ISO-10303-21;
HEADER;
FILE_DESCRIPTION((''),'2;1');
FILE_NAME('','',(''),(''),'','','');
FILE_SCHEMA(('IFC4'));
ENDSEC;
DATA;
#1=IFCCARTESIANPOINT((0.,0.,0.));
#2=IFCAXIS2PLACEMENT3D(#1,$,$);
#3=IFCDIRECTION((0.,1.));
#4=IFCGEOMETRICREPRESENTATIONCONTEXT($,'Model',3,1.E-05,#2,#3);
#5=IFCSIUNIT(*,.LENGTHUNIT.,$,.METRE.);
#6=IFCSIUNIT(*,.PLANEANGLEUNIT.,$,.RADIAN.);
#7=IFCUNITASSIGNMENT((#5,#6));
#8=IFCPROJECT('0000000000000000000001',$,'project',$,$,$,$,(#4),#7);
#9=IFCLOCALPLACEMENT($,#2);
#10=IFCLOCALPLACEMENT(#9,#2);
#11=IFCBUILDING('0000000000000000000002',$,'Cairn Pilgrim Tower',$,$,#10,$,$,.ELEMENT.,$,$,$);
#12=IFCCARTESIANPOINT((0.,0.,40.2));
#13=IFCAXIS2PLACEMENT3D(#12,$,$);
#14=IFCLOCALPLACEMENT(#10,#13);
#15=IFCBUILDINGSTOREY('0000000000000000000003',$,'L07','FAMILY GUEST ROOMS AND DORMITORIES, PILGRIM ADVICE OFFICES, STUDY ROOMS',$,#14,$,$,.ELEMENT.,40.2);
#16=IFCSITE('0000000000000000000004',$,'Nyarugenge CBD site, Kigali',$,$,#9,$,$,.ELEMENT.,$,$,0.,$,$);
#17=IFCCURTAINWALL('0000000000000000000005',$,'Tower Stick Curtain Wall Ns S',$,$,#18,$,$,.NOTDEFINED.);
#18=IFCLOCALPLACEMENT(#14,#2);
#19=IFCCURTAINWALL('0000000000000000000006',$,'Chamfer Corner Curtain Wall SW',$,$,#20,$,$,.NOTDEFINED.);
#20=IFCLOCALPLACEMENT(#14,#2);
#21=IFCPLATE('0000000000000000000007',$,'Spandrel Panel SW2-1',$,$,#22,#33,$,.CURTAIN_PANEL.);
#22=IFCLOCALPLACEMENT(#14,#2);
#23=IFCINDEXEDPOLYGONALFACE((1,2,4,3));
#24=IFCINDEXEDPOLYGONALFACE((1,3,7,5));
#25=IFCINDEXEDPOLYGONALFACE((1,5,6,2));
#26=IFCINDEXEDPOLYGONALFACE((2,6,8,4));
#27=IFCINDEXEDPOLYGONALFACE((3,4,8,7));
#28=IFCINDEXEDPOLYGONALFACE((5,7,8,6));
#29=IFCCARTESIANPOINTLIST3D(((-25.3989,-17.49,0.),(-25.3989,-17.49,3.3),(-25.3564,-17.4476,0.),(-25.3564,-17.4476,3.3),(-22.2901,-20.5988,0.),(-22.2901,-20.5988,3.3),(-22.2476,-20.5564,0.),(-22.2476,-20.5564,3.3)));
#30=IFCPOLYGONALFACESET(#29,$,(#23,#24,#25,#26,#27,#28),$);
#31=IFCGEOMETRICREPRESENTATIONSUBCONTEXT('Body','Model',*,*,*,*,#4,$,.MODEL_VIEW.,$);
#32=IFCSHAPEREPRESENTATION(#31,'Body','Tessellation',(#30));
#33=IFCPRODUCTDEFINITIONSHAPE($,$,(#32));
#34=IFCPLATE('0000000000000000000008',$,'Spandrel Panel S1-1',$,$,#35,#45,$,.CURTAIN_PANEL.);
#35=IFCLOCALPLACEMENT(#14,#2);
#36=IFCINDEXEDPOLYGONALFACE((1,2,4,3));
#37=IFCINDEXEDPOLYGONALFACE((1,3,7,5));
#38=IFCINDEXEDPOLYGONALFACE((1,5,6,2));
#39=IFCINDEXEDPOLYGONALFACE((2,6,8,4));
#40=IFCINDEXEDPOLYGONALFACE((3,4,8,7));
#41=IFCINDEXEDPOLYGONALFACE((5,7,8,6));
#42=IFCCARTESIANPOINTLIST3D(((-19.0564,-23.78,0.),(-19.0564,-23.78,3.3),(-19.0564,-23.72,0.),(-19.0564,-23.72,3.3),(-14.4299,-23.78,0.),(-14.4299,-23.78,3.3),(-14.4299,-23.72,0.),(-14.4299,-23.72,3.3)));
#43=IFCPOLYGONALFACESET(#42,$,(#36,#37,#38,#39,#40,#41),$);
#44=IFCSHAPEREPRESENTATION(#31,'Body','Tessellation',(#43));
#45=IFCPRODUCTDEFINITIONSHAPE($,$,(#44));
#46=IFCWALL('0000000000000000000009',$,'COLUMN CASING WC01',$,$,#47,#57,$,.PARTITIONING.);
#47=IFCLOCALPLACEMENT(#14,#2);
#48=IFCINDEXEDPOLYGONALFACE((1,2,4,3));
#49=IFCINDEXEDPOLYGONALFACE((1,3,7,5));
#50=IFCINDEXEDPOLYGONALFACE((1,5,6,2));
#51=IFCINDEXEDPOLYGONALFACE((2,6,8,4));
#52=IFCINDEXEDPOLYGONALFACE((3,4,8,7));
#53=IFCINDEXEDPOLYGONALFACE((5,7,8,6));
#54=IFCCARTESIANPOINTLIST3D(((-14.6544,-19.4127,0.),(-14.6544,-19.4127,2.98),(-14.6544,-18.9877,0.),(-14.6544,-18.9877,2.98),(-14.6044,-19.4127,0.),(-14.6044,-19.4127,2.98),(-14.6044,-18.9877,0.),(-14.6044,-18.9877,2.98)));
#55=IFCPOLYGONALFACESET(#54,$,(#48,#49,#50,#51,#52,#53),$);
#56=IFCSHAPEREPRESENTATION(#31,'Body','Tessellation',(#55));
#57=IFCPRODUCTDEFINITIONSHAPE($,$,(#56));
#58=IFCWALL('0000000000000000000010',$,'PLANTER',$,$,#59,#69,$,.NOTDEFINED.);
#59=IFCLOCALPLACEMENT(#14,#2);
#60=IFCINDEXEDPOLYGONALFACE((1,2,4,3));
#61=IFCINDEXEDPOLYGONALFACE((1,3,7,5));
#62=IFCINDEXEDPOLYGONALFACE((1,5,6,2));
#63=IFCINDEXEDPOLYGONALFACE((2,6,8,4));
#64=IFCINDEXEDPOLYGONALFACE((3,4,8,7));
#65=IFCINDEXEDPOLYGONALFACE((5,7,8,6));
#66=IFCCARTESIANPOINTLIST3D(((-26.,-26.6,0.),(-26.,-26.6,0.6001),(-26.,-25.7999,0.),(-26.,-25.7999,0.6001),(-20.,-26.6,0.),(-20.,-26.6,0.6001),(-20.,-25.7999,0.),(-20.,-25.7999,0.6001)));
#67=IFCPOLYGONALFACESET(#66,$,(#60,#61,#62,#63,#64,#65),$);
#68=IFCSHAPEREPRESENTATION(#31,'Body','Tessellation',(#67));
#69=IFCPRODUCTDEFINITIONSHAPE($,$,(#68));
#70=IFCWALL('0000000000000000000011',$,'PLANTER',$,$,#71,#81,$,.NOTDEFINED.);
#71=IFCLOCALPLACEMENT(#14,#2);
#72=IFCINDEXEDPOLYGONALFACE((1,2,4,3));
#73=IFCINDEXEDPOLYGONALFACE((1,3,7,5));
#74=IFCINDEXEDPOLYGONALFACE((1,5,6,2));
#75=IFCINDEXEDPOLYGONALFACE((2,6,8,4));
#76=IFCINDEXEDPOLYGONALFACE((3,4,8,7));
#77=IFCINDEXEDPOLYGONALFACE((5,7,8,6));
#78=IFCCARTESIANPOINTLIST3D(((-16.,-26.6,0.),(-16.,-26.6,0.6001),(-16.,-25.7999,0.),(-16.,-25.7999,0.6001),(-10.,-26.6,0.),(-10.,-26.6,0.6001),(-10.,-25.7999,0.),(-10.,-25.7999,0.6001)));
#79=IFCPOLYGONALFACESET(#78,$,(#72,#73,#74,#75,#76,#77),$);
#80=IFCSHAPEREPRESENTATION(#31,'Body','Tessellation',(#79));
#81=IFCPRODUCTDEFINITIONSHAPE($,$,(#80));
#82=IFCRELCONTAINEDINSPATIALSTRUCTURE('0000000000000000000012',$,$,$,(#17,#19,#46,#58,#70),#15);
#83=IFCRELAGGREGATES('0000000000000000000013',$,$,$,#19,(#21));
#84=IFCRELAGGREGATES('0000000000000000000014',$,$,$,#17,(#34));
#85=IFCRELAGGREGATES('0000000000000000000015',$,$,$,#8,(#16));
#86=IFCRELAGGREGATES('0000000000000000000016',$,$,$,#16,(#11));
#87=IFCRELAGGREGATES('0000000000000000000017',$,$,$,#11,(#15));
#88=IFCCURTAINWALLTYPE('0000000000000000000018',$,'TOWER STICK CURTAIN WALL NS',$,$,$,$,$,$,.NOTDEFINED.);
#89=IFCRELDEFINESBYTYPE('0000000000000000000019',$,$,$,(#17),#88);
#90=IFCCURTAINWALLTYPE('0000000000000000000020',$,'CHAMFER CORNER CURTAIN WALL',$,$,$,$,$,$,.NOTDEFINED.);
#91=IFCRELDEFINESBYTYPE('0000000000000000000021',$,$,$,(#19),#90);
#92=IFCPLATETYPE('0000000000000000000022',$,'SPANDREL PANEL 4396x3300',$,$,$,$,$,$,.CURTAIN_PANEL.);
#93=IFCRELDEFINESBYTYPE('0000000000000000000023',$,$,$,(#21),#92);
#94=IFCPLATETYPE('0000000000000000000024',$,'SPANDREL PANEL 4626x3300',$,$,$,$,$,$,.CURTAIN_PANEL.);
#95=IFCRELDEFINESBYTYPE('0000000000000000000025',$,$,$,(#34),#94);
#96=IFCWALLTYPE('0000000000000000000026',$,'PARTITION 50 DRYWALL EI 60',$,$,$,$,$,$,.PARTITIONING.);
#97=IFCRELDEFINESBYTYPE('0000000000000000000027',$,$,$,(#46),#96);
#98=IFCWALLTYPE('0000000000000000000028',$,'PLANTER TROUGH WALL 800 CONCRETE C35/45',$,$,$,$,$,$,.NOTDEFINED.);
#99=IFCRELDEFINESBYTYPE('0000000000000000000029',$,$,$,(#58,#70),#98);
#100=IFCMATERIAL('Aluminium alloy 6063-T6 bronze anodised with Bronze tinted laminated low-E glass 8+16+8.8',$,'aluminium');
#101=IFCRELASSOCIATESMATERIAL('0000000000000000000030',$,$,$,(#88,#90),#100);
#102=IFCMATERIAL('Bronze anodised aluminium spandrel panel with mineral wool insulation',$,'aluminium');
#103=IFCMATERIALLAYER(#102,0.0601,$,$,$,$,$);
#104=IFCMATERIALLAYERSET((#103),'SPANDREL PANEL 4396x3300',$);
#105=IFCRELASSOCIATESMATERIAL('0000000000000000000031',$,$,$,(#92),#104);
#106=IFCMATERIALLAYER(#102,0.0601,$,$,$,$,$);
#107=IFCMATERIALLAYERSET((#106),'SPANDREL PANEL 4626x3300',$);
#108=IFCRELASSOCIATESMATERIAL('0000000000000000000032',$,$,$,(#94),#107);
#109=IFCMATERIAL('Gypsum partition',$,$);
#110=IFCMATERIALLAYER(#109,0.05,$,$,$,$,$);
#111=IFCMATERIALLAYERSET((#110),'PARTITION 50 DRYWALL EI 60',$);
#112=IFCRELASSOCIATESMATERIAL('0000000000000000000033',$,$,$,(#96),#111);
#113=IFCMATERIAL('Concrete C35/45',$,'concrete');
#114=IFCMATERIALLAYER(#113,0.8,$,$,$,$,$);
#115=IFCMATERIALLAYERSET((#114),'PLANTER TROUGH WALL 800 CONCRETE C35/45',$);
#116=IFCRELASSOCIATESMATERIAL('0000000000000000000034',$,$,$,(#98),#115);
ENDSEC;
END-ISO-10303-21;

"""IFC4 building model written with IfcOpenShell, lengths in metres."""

from ifc_helpers import new_model, si_unit, direction, frame, frame_2d, origin, origin_2d, place, context, subcontext, project, spatial, rectangle, extrude, material, layer, layer_set, type_object, element, aggregate, save


model = new_model("IFC4")

# Units and contexts
model_context = context("Model", 3, precision=1e-05, world=origin(), true_north=direction((0.0, 1.0)))
body_context = subcontext(model_context, "Body", "Model", "MODEL_VIEW")
ifc_project = project(units=[si_unit("LENGTHUNIT", "METRE"), si_unit("PLANEANGLEUNIT", "RADIAN")], contexts=[model_context])

# Site, building, storey
site_placement = place(None, origin())
site = spatial("IfcSite", under=ifc_project, at=site_placement, Name="Nyarugenge CBD site, Kigali", CompositionType="ELEMENT", RefElevation=0.0)
building_placement = place(site_placement, origin())
building = spatial("IfcBuilding", under=site, at=building_placement, Name="Cairn Pilgrim Tower", CompositionType="ELEMENT")
storey_placement = place(building_placement, frame((0.0, 0.0, 40.2)))
storey = spatial("IfcBuildingStorey", under=building, at=storey_placement, Name="L07", Description="FAMILY GUEST ROOMS AND DORMITORIES, PILGRIM ADVICE OFFICES, STUDY ROOMS", CompositionType="ELEMENT", Elevation=40.2)

# Curtain walls
ifc_material_1 = material(Name="Aluminium alloy 6063-T6 bronze anodised with Bronze tinted laminated low-E glass 8+16+8.8", Category="aluminium")
curtain_wall_type_1 = type_object("IfcCurtainWallType", Name="TOWER STICK CURTAIN WALL NS", PredefinedType="NOTDEFINED", material=ifc_material_1)
curtain_wall_1_placement = place(storey_placement, origin())
curtain_wall_1 = element("IfcCurtainWall", 1, at=curtain_wall_1_placement, inside=storey, type_object=curtain_wall_type_1, Name="Tower Stick Curtain Wall Ns S", PredefinedType="NOTDEFINED")
curtain_wall_type_2 = type_object("IfcCurtainWallType", Name="CHAMFER CORNER CURTAIN WALL", PredefinedType="NOTDEFINED", material=ifc_material_1)
curtain_wall_2_placement = place(storey_placement, origin())
curtain_wall_2 = element("IfcCurtainWall", 2, at=curtain_wall_2_placement, inside=storey, type_object=curtain_wall_type_2, Name="Chamfer Corner Curtain Wall SW", PredefinedType="NOTDEFINED")

# Plates
ifc_material_2 = material(Name="Bronze anodised aluminium spandrel panel with mineral wool insulation", Category="aluminium")
ifc_layer_1 = layer(ifc_material_2, 0.0601)
ifc_layer_set_1 = layer_set([ifc_layer_1], Name="SPANDREL PANEL 4396x3300")
plate_type_1 = type_object("IfcPlateType", Name="SPANDREL PANEL 4396x3300", PredefinedType="CURTAIN_PANEL", material=ifc_layer_set_1)
plate_1_placement = place(storey_placement, frame((-23.8232, -19.0232, 0.0), z_axis=(0.0, 0.0, 1.0), x_axis=(0.707107, -0.707107, 0.0)))
plate_1 = element("IfcPlate", 3, at=plate_1_placement, type_object=plate_type_1, Name="Spandrel Panel SW2-1", PredefinedType="CURTAIN_PANEL", context=body_context, shape_type="SweptSolid", body=[
    extrude(rectangle(XDim=4.3965, YDim=0.0601, at=origin_2d()), origin(), (0.0, 0.0, 1.0), 3.3),
])
aggregate(curtain_wall_2, [plate_1])
ifc_layer_2 = layer(ifc_material_2, 0.0601)
ifc_layer_set_2 = layer_set([ifc_layer_2], Name="SPANDREL PANEL 4626x3300")
plate_type_2 = type_object("IfcPlateType", Name="SPANDREL PANEL 4626x3300", PredefinedType="CURTAIN_PANEL", material=ifc_layer_set_2)
plate_2_placement = place(storey_placement, frame((-16.7432, -23.75, 0.0), z_axis=(0.0, 0.0, 1.0), x_axis=(1.0, 0.0, 0.0)))
plate_2 = element("IfcPlate", 4, at=plate_2_placement, type_object=plate_type_2, Name="Spandrel Panel S1-1", PredefinedType="CURTAIN_PANEL", context=body_context, shape_type="SweptSolid", body=[
    extrude(rectangle(XDim=4.6265, YDim=0.0601, at=origin_2d()), origin(), (0.0, 0.0, 1.0), 3.3),
])
aggregate(curtain_wall_1, [plate_2])

# Walls
ifc_material_3 = material(Name="Gypsum partition")
ifc_layer_3 = layer(ifc_material_3, 0.05)
ifc_layer_set_3 = layer_set([ifc_layer_3], Name="PARTITION 50 DRYWALL EI 60")
wall_type_1 = type_object("IfcWallType", Name="PARTITION 50 DRYWALL EI 60", PredefinedType="PARTITIONING", material=ifc_layer_set_3)
wall_placement = place(storey_placement, frame((-14.6294, -19.4126, 0.0), z_axis=(0.0, 0.0, 1.0), x_axis=(0.0, 1.0, 0.0)))
element("IfcWall", 5, at=wall_placement, inside=storey, type_object=wall_type_1, Name="COLUMN CASING WC01", PredefinedType="PARTITIONING", context=body_context, shape_type="SweptSolid", body=[
    extrude(rectangle(XDim=0.425, YDim=0.05, at=frame_2d((0.2124, 0.0))), origin(), (0.0, 0.0, 1.0), 2.98),
])
ifc_material_4 = material(Name="Concrete C35/45", Category="concrete")
ifc_layer_4 = layer(ifc_material_4, 0.8)
ifc_layer_set_4 = layer_set([ifc_layer_4], Name="PLANTER TROUGH WALL 800 CONCRETE C35/45")
wall_type_2 = type_object("IfcWallType", Name="PLANTER TROUGH WALL 800 CONCRETE C35/45", PredefinedType="NOTDEFINED", material=ifc_layer_set_4)
for number, where, z_axis, x_axis, name in (
    (6, (-26.0, -26.2, 0.0), (0.0, 0.0, 1.0), (1.0, 0.0, 0.0), "PLANTER"),
    (7, (-16.0, -26.2, 0.0), (0.0, 0.0, 1.0), (1.0, 0.0, 0.0), "PLANTER"),
):
    element("IfcWall", number, at=place(storey_placement, frame(where, z_axis=z_axis, x_axis=x_axis)), inside=storey, type_object=wall_type_2, Name=name, PredefinedType="NOTDEFINED", context=body_context, shape_type="SweptSolid", body=[
        extrude(rectangle(XDim=6.0, YDim=0.8, at=frame_2d((3.0, 0.0))), origin(), (0.0, 0.0, 1.0), 0.6001),
    ])

save(model, "model.ifc")
